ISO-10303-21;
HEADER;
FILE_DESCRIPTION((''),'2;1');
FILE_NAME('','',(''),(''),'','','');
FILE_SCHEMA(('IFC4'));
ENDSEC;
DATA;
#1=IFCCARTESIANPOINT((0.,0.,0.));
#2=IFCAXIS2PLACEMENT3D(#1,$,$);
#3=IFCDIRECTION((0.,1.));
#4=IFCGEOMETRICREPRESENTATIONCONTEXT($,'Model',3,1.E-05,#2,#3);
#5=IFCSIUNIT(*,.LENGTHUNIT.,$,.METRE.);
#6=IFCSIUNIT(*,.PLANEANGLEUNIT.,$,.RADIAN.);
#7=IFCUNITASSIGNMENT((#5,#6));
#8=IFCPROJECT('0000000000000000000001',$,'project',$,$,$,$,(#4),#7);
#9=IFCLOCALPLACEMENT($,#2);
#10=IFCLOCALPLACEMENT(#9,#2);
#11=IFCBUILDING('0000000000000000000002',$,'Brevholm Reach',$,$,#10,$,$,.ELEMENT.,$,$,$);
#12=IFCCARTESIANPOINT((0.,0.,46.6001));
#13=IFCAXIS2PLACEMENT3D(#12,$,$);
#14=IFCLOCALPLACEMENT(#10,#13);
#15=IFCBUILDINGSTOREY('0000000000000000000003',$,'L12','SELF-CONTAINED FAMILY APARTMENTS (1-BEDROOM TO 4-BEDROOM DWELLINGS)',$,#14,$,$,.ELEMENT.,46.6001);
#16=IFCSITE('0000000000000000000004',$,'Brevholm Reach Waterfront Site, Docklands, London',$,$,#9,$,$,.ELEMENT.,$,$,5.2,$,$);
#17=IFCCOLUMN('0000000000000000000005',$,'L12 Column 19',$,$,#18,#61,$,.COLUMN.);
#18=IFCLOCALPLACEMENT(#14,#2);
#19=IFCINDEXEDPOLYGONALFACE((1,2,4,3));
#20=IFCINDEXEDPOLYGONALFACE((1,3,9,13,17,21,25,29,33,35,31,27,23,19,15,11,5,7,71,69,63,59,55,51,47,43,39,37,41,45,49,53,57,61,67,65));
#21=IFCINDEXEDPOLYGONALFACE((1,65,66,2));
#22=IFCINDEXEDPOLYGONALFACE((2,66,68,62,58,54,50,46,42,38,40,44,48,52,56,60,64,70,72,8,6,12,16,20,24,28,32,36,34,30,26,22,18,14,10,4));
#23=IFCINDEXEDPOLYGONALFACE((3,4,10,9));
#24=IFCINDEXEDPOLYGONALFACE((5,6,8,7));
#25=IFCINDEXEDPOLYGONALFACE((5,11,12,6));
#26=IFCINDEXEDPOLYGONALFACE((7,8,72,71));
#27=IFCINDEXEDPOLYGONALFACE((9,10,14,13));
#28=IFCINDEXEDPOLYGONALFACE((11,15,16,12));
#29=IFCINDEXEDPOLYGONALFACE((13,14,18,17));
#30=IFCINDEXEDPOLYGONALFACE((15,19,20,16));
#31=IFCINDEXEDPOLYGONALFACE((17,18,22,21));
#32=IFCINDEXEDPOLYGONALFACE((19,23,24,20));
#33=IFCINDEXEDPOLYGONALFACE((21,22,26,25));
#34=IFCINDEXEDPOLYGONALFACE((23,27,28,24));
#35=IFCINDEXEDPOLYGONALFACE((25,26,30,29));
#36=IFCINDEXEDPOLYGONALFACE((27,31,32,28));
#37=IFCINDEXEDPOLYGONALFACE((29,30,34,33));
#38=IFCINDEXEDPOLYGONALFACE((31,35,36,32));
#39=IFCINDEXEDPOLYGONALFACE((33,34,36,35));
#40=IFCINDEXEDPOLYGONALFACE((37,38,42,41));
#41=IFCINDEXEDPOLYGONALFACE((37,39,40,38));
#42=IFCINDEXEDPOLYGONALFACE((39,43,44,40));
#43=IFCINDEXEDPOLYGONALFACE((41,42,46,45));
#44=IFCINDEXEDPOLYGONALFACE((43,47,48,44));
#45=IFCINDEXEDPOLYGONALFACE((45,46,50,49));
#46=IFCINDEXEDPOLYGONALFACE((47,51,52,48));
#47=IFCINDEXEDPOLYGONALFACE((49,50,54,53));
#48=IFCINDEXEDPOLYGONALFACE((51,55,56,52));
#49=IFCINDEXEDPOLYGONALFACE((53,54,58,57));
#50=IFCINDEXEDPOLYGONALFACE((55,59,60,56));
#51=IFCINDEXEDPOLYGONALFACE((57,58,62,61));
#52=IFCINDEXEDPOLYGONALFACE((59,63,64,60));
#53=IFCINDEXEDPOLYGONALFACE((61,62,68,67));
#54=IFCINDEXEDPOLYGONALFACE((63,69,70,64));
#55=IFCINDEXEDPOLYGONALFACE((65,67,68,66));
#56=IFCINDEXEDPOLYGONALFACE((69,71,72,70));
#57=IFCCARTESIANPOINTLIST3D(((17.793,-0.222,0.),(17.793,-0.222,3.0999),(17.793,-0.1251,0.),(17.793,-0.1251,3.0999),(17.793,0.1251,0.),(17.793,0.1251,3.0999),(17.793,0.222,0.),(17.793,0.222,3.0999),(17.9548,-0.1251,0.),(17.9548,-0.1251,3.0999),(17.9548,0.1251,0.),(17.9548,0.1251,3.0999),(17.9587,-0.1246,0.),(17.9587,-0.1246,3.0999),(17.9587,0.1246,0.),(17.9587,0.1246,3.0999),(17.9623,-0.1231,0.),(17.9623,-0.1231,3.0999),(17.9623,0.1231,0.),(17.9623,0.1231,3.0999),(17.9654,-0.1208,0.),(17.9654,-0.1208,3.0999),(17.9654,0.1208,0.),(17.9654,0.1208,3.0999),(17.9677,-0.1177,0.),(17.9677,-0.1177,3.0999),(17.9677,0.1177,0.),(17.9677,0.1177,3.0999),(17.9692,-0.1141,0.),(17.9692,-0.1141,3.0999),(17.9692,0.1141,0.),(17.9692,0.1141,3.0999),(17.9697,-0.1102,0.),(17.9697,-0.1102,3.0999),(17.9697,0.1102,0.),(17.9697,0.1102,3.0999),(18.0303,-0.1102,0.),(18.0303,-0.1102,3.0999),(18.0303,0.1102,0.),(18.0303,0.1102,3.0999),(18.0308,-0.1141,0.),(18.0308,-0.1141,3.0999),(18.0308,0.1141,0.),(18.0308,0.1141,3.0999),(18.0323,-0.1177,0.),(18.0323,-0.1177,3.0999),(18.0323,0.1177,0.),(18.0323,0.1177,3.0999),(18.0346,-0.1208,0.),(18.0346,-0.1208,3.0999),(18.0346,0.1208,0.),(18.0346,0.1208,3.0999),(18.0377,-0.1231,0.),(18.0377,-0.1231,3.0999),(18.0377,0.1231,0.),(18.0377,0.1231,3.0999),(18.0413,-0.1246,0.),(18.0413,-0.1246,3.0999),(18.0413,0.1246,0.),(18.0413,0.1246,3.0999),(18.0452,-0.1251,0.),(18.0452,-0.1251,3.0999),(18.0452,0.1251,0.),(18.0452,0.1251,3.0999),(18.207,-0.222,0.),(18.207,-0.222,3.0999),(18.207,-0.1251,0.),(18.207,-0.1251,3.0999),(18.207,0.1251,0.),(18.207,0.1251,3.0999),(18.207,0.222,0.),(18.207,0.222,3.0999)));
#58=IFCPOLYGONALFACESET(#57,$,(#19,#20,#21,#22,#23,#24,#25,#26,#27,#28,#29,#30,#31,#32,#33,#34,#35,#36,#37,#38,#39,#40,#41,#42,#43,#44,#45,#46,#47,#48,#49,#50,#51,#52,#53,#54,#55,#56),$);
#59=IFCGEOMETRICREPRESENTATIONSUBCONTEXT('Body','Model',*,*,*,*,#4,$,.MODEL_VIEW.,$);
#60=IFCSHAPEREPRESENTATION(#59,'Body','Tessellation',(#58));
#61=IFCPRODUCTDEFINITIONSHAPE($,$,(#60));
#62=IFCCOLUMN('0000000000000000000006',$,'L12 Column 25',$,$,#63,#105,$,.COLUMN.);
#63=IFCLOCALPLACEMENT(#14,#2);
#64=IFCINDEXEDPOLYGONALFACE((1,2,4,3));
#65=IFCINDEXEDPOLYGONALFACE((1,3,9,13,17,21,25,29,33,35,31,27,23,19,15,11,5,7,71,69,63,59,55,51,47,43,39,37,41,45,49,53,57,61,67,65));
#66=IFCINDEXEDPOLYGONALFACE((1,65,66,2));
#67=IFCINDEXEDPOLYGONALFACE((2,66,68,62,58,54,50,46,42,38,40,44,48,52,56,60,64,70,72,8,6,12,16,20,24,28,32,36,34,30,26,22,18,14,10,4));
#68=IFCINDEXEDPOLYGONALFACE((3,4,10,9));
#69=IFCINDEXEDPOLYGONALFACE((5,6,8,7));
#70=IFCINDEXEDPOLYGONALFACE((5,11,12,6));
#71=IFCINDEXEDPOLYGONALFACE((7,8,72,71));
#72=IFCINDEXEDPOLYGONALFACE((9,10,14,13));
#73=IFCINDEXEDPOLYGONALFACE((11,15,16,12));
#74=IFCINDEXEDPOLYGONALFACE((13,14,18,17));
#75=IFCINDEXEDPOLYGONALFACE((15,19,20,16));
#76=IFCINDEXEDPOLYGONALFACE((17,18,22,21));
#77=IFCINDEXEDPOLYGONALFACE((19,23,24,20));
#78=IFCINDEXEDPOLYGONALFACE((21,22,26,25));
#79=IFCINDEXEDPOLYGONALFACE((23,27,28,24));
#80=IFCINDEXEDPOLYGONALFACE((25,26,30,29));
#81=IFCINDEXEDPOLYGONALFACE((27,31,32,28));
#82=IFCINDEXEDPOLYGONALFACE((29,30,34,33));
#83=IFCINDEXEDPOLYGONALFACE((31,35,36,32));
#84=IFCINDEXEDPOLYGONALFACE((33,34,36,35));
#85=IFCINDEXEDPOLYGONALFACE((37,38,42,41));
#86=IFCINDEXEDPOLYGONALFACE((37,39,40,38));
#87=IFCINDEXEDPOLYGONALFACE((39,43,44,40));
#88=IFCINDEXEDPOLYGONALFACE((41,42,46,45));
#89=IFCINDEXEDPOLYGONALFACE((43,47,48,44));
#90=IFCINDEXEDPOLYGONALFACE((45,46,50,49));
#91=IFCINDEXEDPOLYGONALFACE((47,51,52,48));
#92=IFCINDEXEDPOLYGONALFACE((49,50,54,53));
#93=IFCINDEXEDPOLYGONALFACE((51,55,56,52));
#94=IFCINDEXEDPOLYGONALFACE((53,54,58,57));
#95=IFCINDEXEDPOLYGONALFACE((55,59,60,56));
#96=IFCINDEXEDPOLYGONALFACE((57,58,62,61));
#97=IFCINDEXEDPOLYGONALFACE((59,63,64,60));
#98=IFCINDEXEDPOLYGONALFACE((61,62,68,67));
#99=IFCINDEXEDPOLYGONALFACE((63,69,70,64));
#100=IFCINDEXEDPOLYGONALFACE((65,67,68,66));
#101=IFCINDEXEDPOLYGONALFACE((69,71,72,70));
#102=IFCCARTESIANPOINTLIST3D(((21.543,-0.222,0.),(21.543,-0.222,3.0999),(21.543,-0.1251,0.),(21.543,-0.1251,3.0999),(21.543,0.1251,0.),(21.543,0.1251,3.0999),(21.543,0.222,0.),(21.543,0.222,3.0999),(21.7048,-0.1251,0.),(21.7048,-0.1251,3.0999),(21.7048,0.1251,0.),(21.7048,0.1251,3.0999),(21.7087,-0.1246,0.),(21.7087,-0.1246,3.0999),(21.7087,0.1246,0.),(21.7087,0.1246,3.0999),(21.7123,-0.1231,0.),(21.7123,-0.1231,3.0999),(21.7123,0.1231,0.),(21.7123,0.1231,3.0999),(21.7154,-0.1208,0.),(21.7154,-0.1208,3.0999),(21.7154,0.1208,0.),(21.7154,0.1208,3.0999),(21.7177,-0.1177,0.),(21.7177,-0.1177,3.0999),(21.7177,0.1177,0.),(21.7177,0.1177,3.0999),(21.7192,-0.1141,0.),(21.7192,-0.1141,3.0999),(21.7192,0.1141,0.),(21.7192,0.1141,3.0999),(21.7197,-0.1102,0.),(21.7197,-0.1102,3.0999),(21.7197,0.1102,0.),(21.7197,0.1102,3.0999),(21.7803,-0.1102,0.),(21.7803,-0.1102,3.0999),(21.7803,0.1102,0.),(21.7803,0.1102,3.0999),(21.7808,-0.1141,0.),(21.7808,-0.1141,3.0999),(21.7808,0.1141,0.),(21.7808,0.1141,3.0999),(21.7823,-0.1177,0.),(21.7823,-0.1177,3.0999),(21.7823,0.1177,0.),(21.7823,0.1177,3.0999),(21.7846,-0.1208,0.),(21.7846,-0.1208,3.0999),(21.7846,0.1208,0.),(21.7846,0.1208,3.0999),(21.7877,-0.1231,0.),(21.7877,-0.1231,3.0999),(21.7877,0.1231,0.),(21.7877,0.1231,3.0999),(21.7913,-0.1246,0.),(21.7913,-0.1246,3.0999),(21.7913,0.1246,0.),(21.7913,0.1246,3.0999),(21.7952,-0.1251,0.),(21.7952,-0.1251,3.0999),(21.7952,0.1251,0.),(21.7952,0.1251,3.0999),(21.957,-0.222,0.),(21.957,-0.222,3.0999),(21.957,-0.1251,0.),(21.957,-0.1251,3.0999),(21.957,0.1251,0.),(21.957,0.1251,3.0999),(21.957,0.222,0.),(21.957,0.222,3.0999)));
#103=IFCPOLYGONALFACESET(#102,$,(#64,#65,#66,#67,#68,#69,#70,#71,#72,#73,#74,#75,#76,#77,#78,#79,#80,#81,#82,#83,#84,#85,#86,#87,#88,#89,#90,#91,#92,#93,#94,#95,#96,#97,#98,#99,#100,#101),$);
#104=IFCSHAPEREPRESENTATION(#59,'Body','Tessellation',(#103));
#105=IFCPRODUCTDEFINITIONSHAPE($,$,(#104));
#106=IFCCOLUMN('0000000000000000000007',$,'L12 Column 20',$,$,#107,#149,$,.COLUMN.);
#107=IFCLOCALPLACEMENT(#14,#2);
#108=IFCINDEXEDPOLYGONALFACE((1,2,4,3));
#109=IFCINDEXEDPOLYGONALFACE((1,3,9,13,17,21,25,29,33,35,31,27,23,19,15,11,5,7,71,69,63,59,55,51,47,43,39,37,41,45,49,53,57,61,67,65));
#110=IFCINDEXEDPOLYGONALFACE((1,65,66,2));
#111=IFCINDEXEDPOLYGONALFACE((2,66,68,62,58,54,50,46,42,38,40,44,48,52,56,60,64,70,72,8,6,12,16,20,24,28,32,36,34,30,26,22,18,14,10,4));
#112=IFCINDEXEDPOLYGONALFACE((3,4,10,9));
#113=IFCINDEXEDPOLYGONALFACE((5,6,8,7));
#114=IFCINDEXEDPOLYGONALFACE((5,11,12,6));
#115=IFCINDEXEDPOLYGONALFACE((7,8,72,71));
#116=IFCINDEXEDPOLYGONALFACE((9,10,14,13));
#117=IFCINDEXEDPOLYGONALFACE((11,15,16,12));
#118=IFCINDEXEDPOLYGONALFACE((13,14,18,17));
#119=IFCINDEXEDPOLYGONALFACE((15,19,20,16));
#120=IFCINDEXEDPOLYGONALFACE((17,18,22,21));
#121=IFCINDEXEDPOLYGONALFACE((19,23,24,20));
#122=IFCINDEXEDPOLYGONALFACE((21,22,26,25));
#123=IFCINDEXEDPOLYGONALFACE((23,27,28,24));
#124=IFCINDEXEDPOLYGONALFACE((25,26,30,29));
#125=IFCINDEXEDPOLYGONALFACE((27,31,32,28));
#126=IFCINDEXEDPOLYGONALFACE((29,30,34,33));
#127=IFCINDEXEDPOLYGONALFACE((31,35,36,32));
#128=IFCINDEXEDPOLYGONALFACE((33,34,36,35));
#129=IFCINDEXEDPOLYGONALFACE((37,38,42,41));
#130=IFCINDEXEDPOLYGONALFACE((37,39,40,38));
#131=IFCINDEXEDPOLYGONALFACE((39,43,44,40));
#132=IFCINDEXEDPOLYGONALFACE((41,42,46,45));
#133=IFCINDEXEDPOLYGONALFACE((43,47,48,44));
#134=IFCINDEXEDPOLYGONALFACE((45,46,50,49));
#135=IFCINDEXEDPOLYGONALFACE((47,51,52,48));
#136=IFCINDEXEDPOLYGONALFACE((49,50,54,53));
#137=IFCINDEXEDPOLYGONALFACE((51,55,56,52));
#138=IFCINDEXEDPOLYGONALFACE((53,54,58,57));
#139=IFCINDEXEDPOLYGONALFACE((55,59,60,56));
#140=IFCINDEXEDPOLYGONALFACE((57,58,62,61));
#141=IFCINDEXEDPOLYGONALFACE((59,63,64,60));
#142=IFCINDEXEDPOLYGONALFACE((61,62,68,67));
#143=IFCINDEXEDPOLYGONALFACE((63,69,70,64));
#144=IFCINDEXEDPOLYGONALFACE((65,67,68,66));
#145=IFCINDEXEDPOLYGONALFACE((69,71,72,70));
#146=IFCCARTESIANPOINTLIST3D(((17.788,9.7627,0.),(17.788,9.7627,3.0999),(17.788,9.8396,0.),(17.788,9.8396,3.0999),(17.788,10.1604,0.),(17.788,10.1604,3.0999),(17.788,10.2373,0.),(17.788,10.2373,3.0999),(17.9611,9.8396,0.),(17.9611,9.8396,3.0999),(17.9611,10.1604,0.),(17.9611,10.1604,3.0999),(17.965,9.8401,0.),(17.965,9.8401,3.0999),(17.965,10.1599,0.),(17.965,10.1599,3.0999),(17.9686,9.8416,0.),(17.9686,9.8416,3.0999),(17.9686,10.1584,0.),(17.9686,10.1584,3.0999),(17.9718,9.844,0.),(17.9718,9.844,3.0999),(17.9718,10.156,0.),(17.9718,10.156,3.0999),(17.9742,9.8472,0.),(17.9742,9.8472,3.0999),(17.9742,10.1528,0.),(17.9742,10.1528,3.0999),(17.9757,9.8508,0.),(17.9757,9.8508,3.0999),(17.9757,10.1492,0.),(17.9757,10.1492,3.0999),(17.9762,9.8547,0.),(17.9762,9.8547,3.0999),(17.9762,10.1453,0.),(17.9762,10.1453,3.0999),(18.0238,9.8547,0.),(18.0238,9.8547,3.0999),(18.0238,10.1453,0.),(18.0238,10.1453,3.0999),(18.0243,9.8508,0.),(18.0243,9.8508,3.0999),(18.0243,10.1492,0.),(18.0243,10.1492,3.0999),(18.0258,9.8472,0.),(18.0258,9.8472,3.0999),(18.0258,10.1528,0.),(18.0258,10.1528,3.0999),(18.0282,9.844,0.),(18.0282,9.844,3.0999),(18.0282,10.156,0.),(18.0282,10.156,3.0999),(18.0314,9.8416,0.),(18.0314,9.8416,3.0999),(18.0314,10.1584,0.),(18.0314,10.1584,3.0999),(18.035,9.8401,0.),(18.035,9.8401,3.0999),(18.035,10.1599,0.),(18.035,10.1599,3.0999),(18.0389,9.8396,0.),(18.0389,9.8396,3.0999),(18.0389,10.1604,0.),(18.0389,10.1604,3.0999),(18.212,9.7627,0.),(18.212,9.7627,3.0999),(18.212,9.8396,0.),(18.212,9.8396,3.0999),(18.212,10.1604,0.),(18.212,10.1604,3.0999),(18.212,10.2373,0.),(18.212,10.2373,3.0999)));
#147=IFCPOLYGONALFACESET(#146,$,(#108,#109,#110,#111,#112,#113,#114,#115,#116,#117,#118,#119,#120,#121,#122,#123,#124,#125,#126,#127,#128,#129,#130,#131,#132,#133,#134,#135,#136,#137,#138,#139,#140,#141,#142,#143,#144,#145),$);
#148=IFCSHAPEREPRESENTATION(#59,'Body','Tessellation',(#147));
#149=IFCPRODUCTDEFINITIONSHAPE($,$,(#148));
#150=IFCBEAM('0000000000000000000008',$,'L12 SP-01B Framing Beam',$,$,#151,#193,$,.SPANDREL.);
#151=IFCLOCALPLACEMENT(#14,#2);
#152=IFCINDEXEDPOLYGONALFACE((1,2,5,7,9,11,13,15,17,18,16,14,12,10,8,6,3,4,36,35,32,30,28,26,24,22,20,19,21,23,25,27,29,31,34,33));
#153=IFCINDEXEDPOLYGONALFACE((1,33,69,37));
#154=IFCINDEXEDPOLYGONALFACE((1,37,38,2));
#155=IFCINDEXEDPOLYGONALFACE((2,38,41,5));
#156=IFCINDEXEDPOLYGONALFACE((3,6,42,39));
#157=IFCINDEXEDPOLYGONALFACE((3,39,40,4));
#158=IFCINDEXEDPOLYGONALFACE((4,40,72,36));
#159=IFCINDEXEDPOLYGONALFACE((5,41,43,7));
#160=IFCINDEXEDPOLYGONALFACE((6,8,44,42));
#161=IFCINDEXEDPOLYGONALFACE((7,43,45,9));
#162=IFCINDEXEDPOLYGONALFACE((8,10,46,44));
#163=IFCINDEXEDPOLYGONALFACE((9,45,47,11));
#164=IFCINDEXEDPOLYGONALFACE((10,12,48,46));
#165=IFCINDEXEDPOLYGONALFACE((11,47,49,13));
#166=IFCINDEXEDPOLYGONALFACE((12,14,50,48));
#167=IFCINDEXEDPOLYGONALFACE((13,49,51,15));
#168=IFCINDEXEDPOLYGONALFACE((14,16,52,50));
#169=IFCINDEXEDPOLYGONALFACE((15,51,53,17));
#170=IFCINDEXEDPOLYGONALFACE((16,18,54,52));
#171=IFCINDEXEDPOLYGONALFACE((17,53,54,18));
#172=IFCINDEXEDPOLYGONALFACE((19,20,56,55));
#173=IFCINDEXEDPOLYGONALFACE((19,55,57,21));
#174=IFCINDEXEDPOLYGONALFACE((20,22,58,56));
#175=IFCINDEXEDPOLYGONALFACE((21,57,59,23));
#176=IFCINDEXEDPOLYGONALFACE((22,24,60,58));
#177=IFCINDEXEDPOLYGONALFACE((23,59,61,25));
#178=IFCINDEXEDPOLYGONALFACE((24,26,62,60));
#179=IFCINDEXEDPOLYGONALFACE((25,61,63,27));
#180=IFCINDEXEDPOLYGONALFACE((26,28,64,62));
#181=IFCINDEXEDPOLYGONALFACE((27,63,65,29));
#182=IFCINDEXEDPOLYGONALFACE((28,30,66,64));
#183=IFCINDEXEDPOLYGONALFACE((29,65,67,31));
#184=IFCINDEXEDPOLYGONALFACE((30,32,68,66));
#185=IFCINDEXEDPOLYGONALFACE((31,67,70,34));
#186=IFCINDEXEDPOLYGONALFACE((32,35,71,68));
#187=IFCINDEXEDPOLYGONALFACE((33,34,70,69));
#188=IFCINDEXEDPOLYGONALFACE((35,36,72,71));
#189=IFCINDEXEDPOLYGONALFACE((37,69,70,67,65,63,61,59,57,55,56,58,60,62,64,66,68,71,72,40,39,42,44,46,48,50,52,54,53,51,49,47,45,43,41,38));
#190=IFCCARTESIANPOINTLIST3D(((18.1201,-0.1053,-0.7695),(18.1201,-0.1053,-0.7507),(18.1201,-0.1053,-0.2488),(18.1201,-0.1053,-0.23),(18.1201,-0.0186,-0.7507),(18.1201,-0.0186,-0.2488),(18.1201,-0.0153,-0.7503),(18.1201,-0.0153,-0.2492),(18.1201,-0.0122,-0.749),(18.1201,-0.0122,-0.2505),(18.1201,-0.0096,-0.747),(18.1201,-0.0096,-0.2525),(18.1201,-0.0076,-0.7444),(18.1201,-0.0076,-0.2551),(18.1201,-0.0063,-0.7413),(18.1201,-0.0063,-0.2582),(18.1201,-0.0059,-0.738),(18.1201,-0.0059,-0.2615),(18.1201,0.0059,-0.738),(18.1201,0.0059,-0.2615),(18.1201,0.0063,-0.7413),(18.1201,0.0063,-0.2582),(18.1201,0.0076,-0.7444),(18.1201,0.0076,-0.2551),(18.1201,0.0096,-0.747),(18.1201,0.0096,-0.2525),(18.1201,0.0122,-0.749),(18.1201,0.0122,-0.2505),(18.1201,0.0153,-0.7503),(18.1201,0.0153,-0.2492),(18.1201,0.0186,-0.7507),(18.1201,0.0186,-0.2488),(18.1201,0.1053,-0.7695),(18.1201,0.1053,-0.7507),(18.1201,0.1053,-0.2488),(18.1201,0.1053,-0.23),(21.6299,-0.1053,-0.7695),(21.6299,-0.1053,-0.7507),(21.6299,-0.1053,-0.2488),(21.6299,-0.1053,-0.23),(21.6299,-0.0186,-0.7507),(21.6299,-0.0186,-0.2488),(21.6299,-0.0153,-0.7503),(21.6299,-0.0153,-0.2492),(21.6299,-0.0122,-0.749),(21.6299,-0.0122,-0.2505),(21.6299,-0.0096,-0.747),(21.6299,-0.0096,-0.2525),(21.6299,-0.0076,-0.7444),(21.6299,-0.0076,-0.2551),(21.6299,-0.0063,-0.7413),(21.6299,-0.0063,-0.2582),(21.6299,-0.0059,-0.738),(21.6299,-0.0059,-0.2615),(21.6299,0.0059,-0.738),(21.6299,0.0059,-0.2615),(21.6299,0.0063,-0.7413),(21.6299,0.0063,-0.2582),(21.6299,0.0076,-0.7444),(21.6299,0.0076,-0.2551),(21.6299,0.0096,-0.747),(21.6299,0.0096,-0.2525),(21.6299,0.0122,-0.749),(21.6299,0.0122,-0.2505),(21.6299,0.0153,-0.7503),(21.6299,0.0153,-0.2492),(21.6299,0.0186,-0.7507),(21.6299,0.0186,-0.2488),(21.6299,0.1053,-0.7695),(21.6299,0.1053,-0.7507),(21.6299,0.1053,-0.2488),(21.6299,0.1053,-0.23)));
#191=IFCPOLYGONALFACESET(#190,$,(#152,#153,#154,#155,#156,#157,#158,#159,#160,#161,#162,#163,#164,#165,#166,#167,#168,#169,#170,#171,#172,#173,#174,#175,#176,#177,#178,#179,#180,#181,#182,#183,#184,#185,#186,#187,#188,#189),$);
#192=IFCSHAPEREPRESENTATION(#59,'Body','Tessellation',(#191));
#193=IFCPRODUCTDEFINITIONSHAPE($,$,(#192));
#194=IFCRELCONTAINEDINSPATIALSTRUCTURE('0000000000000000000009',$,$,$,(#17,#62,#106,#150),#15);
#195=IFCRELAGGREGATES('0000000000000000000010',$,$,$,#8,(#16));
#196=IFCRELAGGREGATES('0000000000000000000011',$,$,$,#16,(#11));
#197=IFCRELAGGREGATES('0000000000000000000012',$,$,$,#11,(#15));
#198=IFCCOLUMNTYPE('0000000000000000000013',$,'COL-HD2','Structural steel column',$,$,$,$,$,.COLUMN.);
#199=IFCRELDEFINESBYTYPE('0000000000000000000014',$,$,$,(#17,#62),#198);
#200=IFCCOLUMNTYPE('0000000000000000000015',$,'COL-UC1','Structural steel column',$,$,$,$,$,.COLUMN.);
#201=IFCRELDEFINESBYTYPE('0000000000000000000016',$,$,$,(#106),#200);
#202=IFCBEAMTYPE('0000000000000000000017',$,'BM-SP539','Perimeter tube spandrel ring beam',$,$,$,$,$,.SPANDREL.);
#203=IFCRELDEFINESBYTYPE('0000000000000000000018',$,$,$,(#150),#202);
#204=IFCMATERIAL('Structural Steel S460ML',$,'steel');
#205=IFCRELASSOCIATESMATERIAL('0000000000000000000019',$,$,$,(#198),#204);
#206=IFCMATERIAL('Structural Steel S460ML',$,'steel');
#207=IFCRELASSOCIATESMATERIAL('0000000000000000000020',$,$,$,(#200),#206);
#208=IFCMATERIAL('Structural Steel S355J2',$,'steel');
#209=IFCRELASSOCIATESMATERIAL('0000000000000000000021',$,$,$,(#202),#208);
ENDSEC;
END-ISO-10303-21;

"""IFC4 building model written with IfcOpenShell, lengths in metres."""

from ifc_helpers import new_model, si_unit, direction, frame, origin, origin_2d, place, context, subcontext, project, spatial, i_section, extrude, material, material_profile, profile_set, type_object, element, save


model = new_model("IFC4")

# Units and contexts
model_context = context("Model", 3, precision=1e-05, world=origin(), true_north=direction((0.0, 1.0)))
body_context = subcontext(model_context, "Body", "Model", "MODEL_VIEW")
ifc_project = project(units=[si_unit("LENGTHUNIT", "METRE"), si_unit("PLANEANGLEUNIT", "RADIAN")], contexts=[model_context])

# Site, building, storey
site_placement = place(None, origin())
site = spatial("IfcSite", under=ifc_project, at=site_placement, Name="Brevholm Reach Waterfront Site, Docklands, London", CompositionType="ELEMENT", RefElevation=5.2)
building_placement = place(site_placement, origin())
building = spatial("IfcBuilding", under=site, at=building_placement, Name="Brevholm Reach", CompositionType="ELEMENT")
storey_placement = place(building_placement, frame((0.0, 0.0, 46.6001)))
storey = spatial("IfcBuildingStorey", under=building, at=storey_placement, Name="L12", Description="SELF-CONTAINED FAMILY APARTMENTS (1-BEDROOM TO 4-BEDROOM DWELLINGS)", CompositionType="ELEMENT", Elevation=46.6001)

# Columns
ifc_material_1 = material(Name="Structural Steel S460ML", Category="steel")
ifc_material_profile_1 = material_profile(ifc_material_1, i_section(OverallWidth=0.4141, OverallDepth=0.4441, WebThickness=0.0605, FlangeThickness=0.0969, FilletRadius=0.0149, at=origin_2d()), Name="HD 400x818")
ifc_profile_set_1 = profile_set([ifc_material_profile_1], Name="Structural Steel S460ML")
column_type_1 = type_object("IfcColumnType", Name="COL-HD2", Description="Structural steel column", PredefinedType="COLUMN", material=ifc_profile_set_1)
for number, where, z_axis, x_axis, name in (
    (1, (18.0, 0.0, 0.0), (0.0, 0.0, 1.0), (1.0, 0.0, 0.0), "L12 Column 19"),
    (2, (21.75, 0.0, 0.0), (0.0, 0.0, 1.0), (1.0, 0.0, 0.0), "L12 Column 25"),
):
    element("IfcColumn", number, at=place(storey_placement, frame(where, z_axis=z_axis, x_axis=x_axis)), inside=storey, type_object=column_type_1, Name=name, PredefinedType="COLUMN", context=body_context, shape_type="SweptSolid", body=[
        extrude(i_section(OverallWidth=0.4141, OverallDepth=0.4441, WebThickness=0.0605, FlangeThickness=0.0969, FilletRadius=0.0149, at=origin_2d()), origin(), (0.0, 0.0, 1.0), 3.0999),
    ])
ifc_material_2 = material(Name="Structural Steel S460ML", Category="steel")
ifc_material_profile_2 = material_profile(ifc_material_2, i_section(OverallWidth=0.4241, OverallDepth=0.4746, WebThickness=0.0476, FlangeThickness=0.0769, FilletRadius=0.0151, at=origin_2d()), Name="UKC 356x406x634")
ifc_profile_set_2 = profile_set([ifc_material_profile_2], Name="Structural Steel S460ML")
column_type_2 = type_object("IfcColumnType", Name="COL-UC1", Description="Structural steel column", PredefinedType="COLUMN", material=ifc_profile_set_2)
column_placement = place(storey_placement, frame((18.0, 10.0, 0.0), z_axis=(0.0, 0.0, 1.0), x_axis=(1.0, 0.0, 0.0)))
element("IfcColumn", 3, at=column_placement, inside=storey, type_object=column_type_2, Name="L12 Column 20", PredefinedType="COLUMN", context=body_context, shape_type="SweptSolid", body=[
    extrude(i_section(OverallWidth=0.4241, OverallDepth=0.4746, WebThickness=0.0476, FlangeThickness=0.0769, FilletRadius=0.0151, at=origin_2d()), origin(), (0.0, 0.0, 1.0), 3.0999),
])

# Beam
ifc_material_3 = material(Name="Structural Steel S355J2", Category="steel")
ifc_material_profile_3 = material_profile(ifc_material_3, i_section(OverallWidth=0.2107, OverallDepth=0.5396, WebThickness=0.0117, FlangeThickness=0.0188, FilletRadius=0.0127, at=origin_2d()), Name="UKB 533x210x109")
ifc_profile_set_3 = profile_set([ifc_material_profile_3], Name="Structural Steel S355J2")
beam_type_1 = type_object("IfcBeamType", Name="BM-SP539", Description="Perimeter tube spandrel ring beam", PredefinedType="SPANDREL", material=ifc_profile_set_3)
beam_1_placement = place(storey_placement, frame((18.1201, 0.0, -0.4998), z_axis=(1.0, 0.0, 0.0), x_axis=(0.0, 1.0, 0.0)))
element("IfcBeam", 4, at=beam_1_placement, inside=storey, type_object=beam_type_1, Name="L12 SP-01B Framing Beam", PredefinedType="SPANDREL", context=body_context, shape_type="SweptSolid", body=[
    extrude(i_section(OverallWidth=0.2107, OverallDepth=0.5396, WebThickness=0.0117, FlangeThickness=0.0188, FilletRadius=0.0127, at=origin_2d()), origin(), (0.0, 0.0, 1.0), 3.5098),
])

save(model, "model.ifc")
